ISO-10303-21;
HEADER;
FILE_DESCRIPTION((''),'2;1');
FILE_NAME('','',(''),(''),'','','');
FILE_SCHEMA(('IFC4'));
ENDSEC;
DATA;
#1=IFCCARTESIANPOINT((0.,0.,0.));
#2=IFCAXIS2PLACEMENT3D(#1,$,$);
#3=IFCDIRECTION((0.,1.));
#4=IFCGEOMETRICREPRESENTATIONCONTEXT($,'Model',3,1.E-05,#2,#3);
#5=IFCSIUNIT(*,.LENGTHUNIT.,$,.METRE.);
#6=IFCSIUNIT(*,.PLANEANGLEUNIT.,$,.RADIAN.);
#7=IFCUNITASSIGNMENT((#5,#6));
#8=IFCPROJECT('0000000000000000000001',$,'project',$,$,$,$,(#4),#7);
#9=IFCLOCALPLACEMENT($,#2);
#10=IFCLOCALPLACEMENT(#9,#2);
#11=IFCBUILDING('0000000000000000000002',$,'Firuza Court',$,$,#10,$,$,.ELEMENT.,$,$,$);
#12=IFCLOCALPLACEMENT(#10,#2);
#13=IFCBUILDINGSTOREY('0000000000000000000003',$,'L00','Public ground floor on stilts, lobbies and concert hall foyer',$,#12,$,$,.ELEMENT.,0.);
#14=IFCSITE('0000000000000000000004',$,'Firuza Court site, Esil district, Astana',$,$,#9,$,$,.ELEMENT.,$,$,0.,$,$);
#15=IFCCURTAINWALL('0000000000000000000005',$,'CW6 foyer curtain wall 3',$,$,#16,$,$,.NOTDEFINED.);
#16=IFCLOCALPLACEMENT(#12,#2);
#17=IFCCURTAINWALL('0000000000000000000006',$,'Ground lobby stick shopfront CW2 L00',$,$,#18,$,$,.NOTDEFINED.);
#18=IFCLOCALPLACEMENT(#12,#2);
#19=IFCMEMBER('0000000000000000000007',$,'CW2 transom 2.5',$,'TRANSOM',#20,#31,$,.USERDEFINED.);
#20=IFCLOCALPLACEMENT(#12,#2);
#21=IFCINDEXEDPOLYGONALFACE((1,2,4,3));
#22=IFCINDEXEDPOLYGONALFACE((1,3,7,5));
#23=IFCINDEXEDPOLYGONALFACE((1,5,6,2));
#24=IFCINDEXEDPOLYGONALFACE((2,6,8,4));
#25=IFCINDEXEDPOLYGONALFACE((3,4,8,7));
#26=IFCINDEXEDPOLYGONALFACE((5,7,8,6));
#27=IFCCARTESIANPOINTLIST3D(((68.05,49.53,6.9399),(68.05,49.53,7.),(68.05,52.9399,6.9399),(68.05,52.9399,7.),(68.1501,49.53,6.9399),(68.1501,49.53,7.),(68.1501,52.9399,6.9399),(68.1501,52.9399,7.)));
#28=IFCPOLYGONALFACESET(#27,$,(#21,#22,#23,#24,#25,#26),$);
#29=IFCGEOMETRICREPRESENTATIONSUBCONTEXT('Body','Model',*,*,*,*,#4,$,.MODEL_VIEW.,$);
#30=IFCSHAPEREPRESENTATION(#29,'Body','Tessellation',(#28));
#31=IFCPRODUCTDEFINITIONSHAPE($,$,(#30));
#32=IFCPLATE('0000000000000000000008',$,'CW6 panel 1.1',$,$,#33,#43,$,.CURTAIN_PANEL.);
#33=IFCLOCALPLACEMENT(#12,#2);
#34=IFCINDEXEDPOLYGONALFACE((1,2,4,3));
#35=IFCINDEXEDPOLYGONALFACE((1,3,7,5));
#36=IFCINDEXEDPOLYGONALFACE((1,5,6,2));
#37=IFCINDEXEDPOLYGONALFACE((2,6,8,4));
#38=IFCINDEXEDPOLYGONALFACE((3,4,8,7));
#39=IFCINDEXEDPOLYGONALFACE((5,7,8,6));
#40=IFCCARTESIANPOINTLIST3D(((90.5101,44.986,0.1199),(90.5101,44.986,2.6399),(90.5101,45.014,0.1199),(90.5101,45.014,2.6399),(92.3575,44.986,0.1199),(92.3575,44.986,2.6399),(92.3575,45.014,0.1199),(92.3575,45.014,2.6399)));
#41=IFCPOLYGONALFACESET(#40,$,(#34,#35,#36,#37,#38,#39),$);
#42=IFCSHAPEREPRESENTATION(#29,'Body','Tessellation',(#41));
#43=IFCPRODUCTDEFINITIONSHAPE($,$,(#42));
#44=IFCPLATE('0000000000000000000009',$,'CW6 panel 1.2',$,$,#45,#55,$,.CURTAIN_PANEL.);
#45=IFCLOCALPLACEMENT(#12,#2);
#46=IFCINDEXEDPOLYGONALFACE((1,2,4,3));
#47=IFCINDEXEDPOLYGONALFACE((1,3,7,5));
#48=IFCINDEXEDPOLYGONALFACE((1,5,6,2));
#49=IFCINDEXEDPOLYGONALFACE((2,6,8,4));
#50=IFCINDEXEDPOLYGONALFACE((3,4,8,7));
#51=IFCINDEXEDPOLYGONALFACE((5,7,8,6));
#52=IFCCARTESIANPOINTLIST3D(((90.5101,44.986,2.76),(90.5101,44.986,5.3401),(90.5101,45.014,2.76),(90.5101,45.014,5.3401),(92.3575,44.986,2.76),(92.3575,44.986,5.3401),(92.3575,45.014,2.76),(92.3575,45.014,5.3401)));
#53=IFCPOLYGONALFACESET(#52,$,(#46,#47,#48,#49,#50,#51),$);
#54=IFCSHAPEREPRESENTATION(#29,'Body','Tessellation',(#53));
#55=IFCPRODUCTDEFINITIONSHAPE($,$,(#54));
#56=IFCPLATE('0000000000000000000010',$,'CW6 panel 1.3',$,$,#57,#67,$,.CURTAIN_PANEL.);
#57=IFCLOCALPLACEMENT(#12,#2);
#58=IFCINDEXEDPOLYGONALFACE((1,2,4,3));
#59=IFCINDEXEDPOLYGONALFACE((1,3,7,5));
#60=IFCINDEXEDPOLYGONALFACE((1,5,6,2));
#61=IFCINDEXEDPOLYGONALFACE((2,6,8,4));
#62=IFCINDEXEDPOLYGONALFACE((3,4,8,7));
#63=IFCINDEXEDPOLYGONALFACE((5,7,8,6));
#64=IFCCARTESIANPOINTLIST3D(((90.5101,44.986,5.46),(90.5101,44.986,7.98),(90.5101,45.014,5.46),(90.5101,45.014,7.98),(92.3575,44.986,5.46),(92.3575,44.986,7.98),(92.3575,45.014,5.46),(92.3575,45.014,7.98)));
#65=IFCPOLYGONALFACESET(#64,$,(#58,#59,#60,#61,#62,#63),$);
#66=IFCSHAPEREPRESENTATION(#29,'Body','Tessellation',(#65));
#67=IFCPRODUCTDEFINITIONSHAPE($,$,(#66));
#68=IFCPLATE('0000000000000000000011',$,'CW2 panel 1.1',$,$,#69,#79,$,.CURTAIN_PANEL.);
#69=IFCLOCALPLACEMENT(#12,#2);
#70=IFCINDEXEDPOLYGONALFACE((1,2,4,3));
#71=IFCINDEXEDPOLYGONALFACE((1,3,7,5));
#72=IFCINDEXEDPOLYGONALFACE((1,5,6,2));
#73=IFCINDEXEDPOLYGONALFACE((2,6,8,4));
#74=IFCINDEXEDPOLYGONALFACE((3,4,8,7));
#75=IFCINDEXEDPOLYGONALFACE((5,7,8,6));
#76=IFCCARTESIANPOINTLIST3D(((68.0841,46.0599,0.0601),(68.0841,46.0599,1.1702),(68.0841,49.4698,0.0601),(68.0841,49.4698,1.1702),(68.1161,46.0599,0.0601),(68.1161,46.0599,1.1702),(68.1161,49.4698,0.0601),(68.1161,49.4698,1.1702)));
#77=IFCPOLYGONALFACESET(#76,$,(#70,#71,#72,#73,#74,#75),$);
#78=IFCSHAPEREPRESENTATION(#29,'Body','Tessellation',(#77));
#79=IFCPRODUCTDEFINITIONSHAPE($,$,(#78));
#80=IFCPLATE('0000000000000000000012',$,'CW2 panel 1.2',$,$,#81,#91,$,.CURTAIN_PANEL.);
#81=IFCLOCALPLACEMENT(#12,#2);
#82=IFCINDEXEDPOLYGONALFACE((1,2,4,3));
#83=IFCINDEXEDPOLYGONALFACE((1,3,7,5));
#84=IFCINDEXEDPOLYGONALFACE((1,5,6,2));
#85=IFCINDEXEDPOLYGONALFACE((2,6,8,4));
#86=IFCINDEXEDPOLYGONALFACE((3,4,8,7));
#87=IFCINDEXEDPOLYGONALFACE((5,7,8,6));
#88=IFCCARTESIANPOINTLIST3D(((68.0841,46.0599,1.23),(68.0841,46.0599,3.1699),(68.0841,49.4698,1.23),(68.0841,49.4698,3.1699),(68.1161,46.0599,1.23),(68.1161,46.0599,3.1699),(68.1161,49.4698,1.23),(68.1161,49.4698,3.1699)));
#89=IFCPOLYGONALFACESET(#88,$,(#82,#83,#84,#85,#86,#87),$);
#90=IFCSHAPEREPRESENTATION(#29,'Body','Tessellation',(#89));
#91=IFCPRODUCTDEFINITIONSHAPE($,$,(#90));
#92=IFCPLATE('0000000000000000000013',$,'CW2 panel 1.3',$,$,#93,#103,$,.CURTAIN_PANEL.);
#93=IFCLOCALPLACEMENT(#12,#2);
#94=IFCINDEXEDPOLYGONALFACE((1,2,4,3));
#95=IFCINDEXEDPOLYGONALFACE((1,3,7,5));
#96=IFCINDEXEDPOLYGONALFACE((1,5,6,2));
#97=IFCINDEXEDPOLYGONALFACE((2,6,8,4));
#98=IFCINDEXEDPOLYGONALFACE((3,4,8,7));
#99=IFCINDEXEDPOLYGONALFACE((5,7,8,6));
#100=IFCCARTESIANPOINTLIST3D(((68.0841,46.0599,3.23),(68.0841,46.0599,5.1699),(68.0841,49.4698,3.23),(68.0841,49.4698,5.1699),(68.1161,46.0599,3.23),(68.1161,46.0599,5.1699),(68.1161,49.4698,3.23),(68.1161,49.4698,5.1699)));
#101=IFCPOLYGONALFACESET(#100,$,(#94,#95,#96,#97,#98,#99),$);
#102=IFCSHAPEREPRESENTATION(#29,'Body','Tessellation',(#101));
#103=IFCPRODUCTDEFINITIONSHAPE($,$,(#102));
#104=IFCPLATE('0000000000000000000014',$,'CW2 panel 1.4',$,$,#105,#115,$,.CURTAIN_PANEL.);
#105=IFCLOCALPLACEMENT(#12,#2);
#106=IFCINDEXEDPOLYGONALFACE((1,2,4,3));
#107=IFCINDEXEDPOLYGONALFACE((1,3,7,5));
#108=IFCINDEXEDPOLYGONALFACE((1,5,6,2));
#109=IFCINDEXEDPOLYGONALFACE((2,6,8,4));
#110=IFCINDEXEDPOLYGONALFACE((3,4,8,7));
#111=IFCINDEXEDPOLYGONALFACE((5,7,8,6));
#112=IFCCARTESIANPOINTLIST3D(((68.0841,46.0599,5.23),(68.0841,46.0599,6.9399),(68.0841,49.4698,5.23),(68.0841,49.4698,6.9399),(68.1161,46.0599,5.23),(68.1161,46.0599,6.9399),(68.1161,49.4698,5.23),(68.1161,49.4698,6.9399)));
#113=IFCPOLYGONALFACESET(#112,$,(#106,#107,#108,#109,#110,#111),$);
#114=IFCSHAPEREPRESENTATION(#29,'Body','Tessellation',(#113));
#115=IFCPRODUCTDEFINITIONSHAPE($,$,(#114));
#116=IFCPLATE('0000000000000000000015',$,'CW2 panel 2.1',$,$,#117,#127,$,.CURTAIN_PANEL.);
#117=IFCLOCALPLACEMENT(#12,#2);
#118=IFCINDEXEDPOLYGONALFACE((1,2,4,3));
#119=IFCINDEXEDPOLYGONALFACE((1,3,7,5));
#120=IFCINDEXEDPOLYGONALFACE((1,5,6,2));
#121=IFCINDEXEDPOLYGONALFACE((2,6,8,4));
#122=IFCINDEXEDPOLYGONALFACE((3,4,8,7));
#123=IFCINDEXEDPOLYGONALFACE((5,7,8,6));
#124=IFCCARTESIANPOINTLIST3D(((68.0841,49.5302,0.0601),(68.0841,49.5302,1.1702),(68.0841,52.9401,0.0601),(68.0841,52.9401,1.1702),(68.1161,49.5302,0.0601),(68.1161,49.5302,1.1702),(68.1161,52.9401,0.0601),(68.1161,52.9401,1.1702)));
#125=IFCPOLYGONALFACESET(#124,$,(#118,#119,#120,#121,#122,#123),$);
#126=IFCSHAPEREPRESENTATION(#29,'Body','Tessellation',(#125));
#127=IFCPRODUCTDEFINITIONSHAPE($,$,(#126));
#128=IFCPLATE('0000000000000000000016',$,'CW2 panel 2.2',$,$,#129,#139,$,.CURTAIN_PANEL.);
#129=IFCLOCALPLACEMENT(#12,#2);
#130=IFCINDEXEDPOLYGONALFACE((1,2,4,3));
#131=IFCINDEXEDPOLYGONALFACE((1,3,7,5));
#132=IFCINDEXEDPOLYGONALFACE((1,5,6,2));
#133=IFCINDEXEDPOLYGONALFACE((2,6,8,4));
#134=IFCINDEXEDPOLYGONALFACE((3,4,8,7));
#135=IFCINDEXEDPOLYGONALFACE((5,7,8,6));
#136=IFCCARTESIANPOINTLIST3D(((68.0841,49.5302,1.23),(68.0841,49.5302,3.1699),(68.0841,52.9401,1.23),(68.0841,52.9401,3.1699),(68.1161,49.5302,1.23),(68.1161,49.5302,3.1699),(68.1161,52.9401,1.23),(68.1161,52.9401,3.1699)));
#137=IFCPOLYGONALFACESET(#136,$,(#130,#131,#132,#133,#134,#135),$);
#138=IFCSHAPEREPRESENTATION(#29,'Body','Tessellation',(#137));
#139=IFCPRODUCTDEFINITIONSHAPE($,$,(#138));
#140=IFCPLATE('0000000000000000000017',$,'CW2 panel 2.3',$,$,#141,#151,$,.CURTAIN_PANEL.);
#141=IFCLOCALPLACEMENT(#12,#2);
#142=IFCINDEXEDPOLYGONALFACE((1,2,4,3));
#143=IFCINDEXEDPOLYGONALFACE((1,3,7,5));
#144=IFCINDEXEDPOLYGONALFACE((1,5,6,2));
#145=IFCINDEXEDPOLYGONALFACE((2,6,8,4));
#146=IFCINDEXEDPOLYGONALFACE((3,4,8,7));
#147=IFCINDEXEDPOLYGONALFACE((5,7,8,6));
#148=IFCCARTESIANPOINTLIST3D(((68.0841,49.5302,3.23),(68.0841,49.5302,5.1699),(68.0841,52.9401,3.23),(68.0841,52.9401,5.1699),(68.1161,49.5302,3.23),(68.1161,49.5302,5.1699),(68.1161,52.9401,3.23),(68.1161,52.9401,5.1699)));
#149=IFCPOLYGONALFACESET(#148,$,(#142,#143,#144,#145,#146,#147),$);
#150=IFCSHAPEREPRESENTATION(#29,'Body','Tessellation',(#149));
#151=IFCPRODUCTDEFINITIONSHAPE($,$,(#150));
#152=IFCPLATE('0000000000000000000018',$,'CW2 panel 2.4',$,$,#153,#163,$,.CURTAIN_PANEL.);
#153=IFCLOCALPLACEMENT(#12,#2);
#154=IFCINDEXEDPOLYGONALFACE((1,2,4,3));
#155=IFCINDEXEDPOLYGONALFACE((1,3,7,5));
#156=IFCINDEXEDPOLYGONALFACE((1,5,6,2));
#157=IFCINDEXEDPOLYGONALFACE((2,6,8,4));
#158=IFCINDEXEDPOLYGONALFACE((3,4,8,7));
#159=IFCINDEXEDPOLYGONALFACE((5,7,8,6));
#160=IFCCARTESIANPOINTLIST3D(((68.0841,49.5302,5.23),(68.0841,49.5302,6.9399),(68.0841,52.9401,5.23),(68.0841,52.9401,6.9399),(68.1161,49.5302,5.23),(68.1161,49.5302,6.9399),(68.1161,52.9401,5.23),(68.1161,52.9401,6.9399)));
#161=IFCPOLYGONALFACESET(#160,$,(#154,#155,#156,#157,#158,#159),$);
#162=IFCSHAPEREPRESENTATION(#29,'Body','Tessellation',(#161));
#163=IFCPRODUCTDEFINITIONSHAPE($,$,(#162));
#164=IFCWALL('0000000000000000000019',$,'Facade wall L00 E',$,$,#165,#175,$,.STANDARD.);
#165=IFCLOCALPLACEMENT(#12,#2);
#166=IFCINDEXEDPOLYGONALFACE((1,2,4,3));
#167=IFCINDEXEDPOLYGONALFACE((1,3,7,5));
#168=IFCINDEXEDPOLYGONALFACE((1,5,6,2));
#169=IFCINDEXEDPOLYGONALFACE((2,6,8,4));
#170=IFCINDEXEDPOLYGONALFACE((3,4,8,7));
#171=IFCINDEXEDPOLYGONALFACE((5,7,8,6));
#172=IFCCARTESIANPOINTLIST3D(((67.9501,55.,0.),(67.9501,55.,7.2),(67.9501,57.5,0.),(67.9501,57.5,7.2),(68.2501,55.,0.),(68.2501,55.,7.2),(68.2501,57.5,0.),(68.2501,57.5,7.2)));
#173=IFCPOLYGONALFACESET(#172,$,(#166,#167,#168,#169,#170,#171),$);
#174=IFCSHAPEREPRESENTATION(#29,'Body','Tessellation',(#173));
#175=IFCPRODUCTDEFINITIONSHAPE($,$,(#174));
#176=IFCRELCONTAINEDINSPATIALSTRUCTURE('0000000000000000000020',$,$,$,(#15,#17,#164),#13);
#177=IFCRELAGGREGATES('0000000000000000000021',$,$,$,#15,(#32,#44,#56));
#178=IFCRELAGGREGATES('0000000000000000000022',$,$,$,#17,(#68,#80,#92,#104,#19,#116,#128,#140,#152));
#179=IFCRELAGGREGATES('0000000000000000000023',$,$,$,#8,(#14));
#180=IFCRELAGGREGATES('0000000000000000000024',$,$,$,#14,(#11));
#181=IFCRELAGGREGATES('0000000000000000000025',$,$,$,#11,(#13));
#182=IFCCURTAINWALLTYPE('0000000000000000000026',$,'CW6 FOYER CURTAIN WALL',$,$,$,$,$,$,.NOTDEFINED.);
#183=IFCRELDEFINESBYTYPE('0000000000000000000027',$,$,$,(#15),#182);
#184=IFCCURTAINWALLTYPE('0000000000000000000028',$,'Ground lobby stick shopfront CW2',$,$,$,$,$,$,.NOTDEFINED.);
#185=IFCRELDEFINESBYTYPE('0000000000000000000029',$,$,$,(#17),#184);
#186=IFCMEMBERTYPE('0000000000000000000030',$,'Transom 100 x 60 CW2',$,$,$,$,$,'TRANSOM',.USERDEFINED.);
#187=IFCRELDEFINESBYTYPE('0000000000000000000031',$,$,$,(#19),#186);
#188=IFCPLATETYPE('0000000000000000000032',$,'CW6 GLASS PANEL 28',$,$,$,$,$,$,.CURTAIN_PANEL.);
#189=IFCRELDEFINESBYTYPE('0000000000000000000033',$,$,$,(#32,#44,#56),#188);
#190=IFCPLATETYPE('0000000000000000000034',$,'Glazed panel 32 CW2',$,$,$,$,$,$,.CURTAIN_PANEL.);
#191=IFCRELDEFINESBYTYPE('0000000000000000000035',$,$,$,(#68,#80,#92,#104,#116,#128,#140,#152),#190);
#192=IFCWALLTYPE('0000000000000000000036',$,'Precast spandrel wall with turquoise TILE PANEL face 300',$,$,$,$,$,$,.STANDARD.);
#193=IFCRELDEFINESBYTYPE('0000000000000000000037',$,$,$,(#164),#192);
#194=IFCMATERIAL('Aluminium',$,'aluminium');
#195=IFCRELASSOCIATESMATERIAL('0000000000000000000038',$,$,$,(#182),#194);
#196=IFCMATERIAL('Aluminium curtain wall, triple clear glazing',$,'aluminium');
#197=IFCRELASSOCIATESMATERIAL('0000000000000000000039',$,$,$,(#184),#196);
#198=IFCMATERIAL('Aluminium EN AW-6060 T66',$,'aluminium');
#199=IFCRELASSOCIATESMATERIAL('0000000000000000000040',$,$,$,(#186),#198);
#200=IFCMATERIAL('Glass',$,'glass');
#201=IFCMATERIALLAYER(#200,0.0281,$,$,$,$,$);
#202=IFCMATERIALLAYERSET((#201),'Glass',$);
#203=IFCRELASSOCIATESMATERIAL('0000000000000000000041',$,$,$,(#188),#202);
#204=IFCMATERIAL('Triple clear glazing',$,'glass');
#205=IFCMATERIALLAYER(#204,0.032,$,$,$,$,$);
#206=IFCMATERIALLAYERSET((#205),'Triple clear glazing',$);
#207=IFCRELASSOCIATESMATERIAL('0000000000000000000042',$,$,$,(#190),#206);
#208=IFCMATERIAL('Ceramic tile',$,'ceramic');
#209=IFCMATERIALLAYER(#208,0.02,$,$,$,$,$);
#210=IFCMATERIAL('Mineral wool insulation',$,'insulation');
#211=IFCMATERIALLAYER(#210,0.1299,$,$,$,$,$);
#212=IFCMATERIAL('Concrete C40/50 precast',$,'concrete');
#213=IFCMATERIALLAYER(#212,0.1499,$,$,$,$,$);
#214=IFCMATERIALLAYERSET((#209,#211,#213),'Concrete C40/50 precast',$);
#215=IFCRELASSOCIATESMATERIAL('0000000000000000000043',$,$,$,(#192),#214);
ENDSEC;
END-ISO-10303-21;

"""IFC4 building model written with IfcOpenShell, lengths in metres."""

from ifc_helpers import new_model, si_unit, direction, frame, frame_2d, origin, origin_2d, place, context, subcontext, project, spatial, rectangle, extrude, material, layer, layer_set, material_profile, profile_set, type_object, element, aggregate, save


model = new_model("IFC4")

# Units and contexts
model_context = context("Model", 3, precision=1e-05, world=origin(), true_north=direction((0.0, 1.0)))
body_context = subcontext(model_context, "Body", "Model", "MODEL_VIEW")
ifc_project = project(units=[si_unit("LENGTHUNIT", "METRE"), si_unit("PLANEANGLEUNIT", "RADIAN")], contexts=[model_context])

# Site, building, storey
site_placement = place(None, origin())
site = spatial("IfcSite", under=ifc_project, at=site_placement, Name="Firuza Court site, Esil district, Astana", CompositionType="ELEMENT", RefElevation=0.0)
building_placement = place(site_placement, origin())
building = spatial("IfcBuilding", under=site, at=building_placement, Name="Firuza Court", CompositionType="ELEMENT")
storey_placement = place(building_placement, origin())
storey = spatial("IfcBuildingStorey", under=building, at=storey_placement, Name="L00", Description="Public ground floor on stilts, lobbies and concert hall foyer", CompositionType="ELEMENT", Elevation=0.0)

# Curtain wall
ifc_material_1 = material(Name="Aluminium", Category="aluminium")
curtain_wall_type_1 = type_object("IfcCurtainWallType", Name="CW6 FOYER CURTAIN WALL", PredefinedType="NOTDEFINED", material=ifc_material_1)
curtain_wall_1_placement = place(storey_placement, origin())
curtain_wall_1 = element("IfcCurtainWall", 1, at=curtain_wall_1_placement, inside=storey, type_object=curtain_wall_type_1, Name="CW6 foyer curtain wall 3", PredefinedType="NOTDEFINED")

# Curtain wall, member
ifc_material_2 = material(Name="Aluminium curtain wall, triple clear glazing", Category="aluminium")
curtain_wall_type_2 = type_object("IfcCurtainWallType", Name="Ground lobby stick shopfront CW2", PredefinedType="NOTDEFINED", material=ifc_material_2)
curtain_wall_2_placement = place(storey_placement, origin())
curtain_wall_2 = element("IfcCurtainWall", 2, at=curtain_wall_2_placement, inside=storey, type_object=curtain_wall_type_2, Name="Ground lobby stick shopfront CW2 L00", PredefinedType="NOTDEFINED")
ifc_material_3 = material(Name="Aluminium EN AW-6060 T66", Category="aluminium")
ifc_material_profile_1 = material_profile(ifc_material_3, rectangle(XDim=0.1001, YDim=0.0601, at=origin_2d()), Name="Transom 100 x 60 CW2")
ifc_profile_set_1 = profile_set([ifc_material_profile_1], Name="Aluminium EN AW-6060 T66")
member_type_1 = type_object("IfcMemberType", Name="Transom 100 x 60 CW2", ElementType="TRANSOM", PredefinedType="USERDEFINED", material=ifc_profile_set_1)
member_1_placement = place(storey_placement, frame((68.1001, 49.53, 6.97), z_axis=(0.0, 1.0, 0.0), x_axis=(-1.0, 0.0, 0.0)))
member_1 = element("IfcMember", 3, at=member_1_placement, type_object=member_type_1, Name="CW2 transom 2.5", ObjectType="TRANSOM", PredefinedType="USERDEFINED", context=body_context, shape_type="SweptSolid", body=[
    extrude(rectangle(XDim=0.1001, YDim=0.0601, at=origin_2d()), origin(), (0.0, 0.0, 1.0), 3.4099),
])

# Plates
ifc_material_4 = material(Name="Glass", Category="glass")
ifc_layer_1 = layer(ifc_material_4, 0.0281)
ifc_layer_set_1 = layer_set([ifc_layer_1], Name="Glass")
plate_type_1 = type_object("IfcPlateType", Name="CW6 GLASS PANEL 28", PredefinedType="CURTAIN_PANEL", material=ifc_layer_set_1)
plate_1_placement = place(storey_placement, frame((91.4338, 45.0, 0.1199), z_axis=(0.0, 0.0, 1.0), x_axis=(1.0, 0.0, 0.0)))
plate_1 = element("IfcPlate", 4, at=plate_1_placement, type_object=plate_type_1, Name="CW6 panel 1.1", PredefinedType="CURTAIN_PANEL", context=body_context, shape_type="SweptSolid", body=[
    extrude(rectangle(XDim=1.8474, YDim=0.0281, at=origin_2d()), origin(), (0.0, 0.0, 1.0), 2.52),
])
plate_2_placement = place(storey_placement, frame((91.4338, 45.0, 2.76), z_axis=(0.0, 0.0, 1.0), x_axis=(1.0, 0.0, 0.0)))
plate_2 = element("IfcPlate", 5, at=plate_2_placement, type_object=plate_type_1, Name="CW6 panel 1.2", PredefinedType="CURTAIN_PANEL", context=body_context, shape_type="SweptSolid", body=[
    extrude(rectangle(XDim=1.8474, YDim=0.0281, at=origin_2d()), origin(), (0.0, 0.0, 1.0), 2.5801),
])
plate_3_placement = place(storey_placement, frame((91.4338, 45.0, 5.46), z_axis=(0.0, 0.0, 1.0), x_axis=(1.0, 0.0, 0.0)))
plate_3 = element("IfcPlate", 6, at=plate_3_placement, type_object=plate_type_1, Name="CW6 panel 1.3", PredefinedType="CURTAIN_PANEL", context=body_context, shape_type="SweptSolid", body=[
    extrude(rectangle(XDim=1.8474, YDim=0.0281, at=origin_2d()), origin(), (0.0, 0.0, 1.0), 2.52),
])
aggregate(curtain_wall_1, [plate_1, plate_2, plate_3])
ifc_material_5 = material(Name="Triple clear glazing", Category="glass")
ifc_layer_2 = layer(ifc_material_5, 0.032)
ifc_layer_set_2 = layer_set([ifc_layer_2], Name="Triple clear glazing")
plate_type_2 = type_object("IfcPlateType", Name="Glazed panel 32 CW2", PredefinedType="CURTAIN_PANEL", material=ifc_layer_set_2)
plate_4_placement = place(storey_placement, frame((68.1001, 47.7649, 0.0601), z_axis=(0.0, 0.0, 1.0), x_axis=(0.0, 1.0, 0.0)))
plate_4 = element("IfcPlate", 7, at=plate_4_placement, type_object=plate_type_2, Name="CW2 panel 1.1", PredefinedType="CURTAIN_PANEL", context=body_context, shape_type="SweptSolid", body=[
    extrude(rectangle(XDim=3.4099, YDim=0.032, at=origin_2d()), origin(), (0.0, 0.0, 1.0), 1.1101),
])
plate_5_placement = place(storey_placement, frame((68.1001, 47.7649, 1.23), z_axis=(0.0, 0.0, 1.0), x_axis=(0.0, 1.0, 0.0)))
plate_5 = element("IfcPlate", 8, at=plate_5_placement, type_object=plate_type_2, Name="CW2 panel 1.2", PredefinedType="CURTAIN_PANEL", context=body_context, shape_type="SweptSolid", body=[
    extrude(rectangle(XDim=3.4099, YDim=0.032, at=origin_2d()), origin(), (0.0, 0.0, 1.0), 1.9399),
])
plate_6_placement = place(storey_placement, frame((68.1001, 47.7649, 3.23), z_axis=(0.0, 0.0, 1.0), x_axis=(0.0, 1.0, 0.0)))
plate_6 = element("IfcPlate", 9, at=plate_6_placement, type_object=plate_type_2, Name="CW2 panel 1.3", PredefinedType="CURTAIN_PANEL", context=body_context, shape_type="SweptSolid", body=[
    extrude(rectangle(XDim=3.4099, YDim=0.032, at=origin_2d()), origin(), (0.0, 0.0, 1.0), 1.9399),
])
plate_7_placement = place(storey_placement, frame((68.1001, 47.7649, 5.23), z_axis=(0.0, 0.0, 1.0), x_axis=(0.0, 1.0, 0.0)))
plate_7 = element("IfcPlate", 10, at=plate_7_placement, type_object=plate_type_2, Name="CW2 panel 1.4", PredefinedType="CURTAIN_PANEL", context=body_context, shape_type="SweptSolid", body=[
    extrude(rectangle(XDim=3.4099, YDim=0.032, at=origin_2d()), origin(), (0.0, 0.0, 1.0), 1.71),
])
plate_8_placement = place(storey_placement, frame((68.1001, 51.2351, 0.0601), z_axis=(0.0, 0.0, 1.0), x_axis=(0.0, 1.0, 0.0)))
plate_8 = element("IfcPlate", 11, at=plate_8_placement, type_object=plate_type_2, Name="CW2 panel 2.1", PredefinedType="CURTAIN_PANEL", context=body_context, shape_type="SweptSolid", body=[
    extrude(rectangle(XDim=3.4099, YDim=0.032, at=origin_2d()), origin(), (0.0, 0.0, 1.0), 1.1101),
])
plate_9_placement = place(storey_placement, frame((68.1001, 51.2351, 1.23), z_axis=(0.0, 0.0, 1.0), x_axis=(0.0, 1.0, 0.0)))
plate_9 = element("IfcPlate", 12, at=plate_9_placement, type_object=plate_type_2, Name="CW2 panel 2.2", PredefinedType="CURTAIN_PANEL", context=body_context, shape_type="SweptSolid", body=[
    extrude(rectangle(XDim=3.4099, YDim=0.032, at=origin_2d()), origin(), (0.0, 0.0, 1.0), 1.9399),
])
plate_10_placement = place(storey_placement, frame((68.1001, 51.2351, 3.23), z_axis=(0.0, 0.0, 1.0), x_axis=(0.0, 1.0, 0.0)))
plate_10 = element("IfcPlate", 13, at=plate_10_placement, type_object=plate_type_2, Name="CW2 panel 2.3", PredefinedType="CURTAIN_PANEL", context=body_context, shape_type="SweptSolid", body=[
    extrude(rectangle(XDim=3.4099, YDim=0.032, at=origin_2d()), origin(), (0.0, 0.0, 1.0), 1.9399),
])
plate_11_placement = place(storey_placement, frame((68.1001, 51.2351, 5.23), z_axis=(0.0, 0.0, 1.0), x_axis=(0.0, 1.0, 0.0)))
plate_11 = element("IfcPlate", 14, at=plate_11_placement, type_object=plate_type_2, Name="CW2 panel 2.4", PredefinedType="CURTAIN_PANEL", context=body_context, shape_type="SweptSolid", body=[
    extrude(rectangle(XDim=3.4099, YDim=0.032, at=origin_2d()), origin(), (0.0, 0.0, 1.0), 1.71),
])
aggregate(curtain_wall_2, [plate_4, plate_5, plate_6, plate_7, member_1, plate_8, plate_9, plate_10, plate_11])

# Wall
ifc_material_6 = material(Name="Ceramic tile", Category="ceramic")
ifc_layer_3 = layer(ifc_material_6, 0.02)
ifc_material_7 = material(Name="Mineral wool insulation", Category="insulation")
ifc_layer_4 = layer(ifc_material_7, 0.1299)
ifc_material_8 = material(Name="Concrete C40/50 precast", Category="concrete")
ifc_layer_5 = layer(ifc_material_8, 0.1499)
ifc_layer_set_3 = layer_set([ifc_layer_3, ifc_layer_4, ifc_layer_5], Name="Concrete C40/50 precast")
wall_type = type_object("IfcWallType", Name="Precast spandrel wall with turquoise TILE PANEL face 300", PredefinedType="STANDARD", material=ifc_layer_set_3)
wall_placement = place(storey_placement, frame((68.1001, 55.0, 0.0), z_axis=(0.0, 0.0, 1.0), x_axis=(0.0, 1.0, 0.0)))
element("IfcWall", 15, at=wall_placement, inside=storey, type_object=wall_type, Name="Facade wall L00 E", PredefinedType="STANDARD", context=body_context, shape_type="SweptSolid", body=[
    extrude(rectangle(XDim=2.5, YDim=0.3, at=frame_2d((1.25, 0.0))), origin(), (0.0, 0.0, 1.0), 7.2),
])

save(model, "model.ifc")
